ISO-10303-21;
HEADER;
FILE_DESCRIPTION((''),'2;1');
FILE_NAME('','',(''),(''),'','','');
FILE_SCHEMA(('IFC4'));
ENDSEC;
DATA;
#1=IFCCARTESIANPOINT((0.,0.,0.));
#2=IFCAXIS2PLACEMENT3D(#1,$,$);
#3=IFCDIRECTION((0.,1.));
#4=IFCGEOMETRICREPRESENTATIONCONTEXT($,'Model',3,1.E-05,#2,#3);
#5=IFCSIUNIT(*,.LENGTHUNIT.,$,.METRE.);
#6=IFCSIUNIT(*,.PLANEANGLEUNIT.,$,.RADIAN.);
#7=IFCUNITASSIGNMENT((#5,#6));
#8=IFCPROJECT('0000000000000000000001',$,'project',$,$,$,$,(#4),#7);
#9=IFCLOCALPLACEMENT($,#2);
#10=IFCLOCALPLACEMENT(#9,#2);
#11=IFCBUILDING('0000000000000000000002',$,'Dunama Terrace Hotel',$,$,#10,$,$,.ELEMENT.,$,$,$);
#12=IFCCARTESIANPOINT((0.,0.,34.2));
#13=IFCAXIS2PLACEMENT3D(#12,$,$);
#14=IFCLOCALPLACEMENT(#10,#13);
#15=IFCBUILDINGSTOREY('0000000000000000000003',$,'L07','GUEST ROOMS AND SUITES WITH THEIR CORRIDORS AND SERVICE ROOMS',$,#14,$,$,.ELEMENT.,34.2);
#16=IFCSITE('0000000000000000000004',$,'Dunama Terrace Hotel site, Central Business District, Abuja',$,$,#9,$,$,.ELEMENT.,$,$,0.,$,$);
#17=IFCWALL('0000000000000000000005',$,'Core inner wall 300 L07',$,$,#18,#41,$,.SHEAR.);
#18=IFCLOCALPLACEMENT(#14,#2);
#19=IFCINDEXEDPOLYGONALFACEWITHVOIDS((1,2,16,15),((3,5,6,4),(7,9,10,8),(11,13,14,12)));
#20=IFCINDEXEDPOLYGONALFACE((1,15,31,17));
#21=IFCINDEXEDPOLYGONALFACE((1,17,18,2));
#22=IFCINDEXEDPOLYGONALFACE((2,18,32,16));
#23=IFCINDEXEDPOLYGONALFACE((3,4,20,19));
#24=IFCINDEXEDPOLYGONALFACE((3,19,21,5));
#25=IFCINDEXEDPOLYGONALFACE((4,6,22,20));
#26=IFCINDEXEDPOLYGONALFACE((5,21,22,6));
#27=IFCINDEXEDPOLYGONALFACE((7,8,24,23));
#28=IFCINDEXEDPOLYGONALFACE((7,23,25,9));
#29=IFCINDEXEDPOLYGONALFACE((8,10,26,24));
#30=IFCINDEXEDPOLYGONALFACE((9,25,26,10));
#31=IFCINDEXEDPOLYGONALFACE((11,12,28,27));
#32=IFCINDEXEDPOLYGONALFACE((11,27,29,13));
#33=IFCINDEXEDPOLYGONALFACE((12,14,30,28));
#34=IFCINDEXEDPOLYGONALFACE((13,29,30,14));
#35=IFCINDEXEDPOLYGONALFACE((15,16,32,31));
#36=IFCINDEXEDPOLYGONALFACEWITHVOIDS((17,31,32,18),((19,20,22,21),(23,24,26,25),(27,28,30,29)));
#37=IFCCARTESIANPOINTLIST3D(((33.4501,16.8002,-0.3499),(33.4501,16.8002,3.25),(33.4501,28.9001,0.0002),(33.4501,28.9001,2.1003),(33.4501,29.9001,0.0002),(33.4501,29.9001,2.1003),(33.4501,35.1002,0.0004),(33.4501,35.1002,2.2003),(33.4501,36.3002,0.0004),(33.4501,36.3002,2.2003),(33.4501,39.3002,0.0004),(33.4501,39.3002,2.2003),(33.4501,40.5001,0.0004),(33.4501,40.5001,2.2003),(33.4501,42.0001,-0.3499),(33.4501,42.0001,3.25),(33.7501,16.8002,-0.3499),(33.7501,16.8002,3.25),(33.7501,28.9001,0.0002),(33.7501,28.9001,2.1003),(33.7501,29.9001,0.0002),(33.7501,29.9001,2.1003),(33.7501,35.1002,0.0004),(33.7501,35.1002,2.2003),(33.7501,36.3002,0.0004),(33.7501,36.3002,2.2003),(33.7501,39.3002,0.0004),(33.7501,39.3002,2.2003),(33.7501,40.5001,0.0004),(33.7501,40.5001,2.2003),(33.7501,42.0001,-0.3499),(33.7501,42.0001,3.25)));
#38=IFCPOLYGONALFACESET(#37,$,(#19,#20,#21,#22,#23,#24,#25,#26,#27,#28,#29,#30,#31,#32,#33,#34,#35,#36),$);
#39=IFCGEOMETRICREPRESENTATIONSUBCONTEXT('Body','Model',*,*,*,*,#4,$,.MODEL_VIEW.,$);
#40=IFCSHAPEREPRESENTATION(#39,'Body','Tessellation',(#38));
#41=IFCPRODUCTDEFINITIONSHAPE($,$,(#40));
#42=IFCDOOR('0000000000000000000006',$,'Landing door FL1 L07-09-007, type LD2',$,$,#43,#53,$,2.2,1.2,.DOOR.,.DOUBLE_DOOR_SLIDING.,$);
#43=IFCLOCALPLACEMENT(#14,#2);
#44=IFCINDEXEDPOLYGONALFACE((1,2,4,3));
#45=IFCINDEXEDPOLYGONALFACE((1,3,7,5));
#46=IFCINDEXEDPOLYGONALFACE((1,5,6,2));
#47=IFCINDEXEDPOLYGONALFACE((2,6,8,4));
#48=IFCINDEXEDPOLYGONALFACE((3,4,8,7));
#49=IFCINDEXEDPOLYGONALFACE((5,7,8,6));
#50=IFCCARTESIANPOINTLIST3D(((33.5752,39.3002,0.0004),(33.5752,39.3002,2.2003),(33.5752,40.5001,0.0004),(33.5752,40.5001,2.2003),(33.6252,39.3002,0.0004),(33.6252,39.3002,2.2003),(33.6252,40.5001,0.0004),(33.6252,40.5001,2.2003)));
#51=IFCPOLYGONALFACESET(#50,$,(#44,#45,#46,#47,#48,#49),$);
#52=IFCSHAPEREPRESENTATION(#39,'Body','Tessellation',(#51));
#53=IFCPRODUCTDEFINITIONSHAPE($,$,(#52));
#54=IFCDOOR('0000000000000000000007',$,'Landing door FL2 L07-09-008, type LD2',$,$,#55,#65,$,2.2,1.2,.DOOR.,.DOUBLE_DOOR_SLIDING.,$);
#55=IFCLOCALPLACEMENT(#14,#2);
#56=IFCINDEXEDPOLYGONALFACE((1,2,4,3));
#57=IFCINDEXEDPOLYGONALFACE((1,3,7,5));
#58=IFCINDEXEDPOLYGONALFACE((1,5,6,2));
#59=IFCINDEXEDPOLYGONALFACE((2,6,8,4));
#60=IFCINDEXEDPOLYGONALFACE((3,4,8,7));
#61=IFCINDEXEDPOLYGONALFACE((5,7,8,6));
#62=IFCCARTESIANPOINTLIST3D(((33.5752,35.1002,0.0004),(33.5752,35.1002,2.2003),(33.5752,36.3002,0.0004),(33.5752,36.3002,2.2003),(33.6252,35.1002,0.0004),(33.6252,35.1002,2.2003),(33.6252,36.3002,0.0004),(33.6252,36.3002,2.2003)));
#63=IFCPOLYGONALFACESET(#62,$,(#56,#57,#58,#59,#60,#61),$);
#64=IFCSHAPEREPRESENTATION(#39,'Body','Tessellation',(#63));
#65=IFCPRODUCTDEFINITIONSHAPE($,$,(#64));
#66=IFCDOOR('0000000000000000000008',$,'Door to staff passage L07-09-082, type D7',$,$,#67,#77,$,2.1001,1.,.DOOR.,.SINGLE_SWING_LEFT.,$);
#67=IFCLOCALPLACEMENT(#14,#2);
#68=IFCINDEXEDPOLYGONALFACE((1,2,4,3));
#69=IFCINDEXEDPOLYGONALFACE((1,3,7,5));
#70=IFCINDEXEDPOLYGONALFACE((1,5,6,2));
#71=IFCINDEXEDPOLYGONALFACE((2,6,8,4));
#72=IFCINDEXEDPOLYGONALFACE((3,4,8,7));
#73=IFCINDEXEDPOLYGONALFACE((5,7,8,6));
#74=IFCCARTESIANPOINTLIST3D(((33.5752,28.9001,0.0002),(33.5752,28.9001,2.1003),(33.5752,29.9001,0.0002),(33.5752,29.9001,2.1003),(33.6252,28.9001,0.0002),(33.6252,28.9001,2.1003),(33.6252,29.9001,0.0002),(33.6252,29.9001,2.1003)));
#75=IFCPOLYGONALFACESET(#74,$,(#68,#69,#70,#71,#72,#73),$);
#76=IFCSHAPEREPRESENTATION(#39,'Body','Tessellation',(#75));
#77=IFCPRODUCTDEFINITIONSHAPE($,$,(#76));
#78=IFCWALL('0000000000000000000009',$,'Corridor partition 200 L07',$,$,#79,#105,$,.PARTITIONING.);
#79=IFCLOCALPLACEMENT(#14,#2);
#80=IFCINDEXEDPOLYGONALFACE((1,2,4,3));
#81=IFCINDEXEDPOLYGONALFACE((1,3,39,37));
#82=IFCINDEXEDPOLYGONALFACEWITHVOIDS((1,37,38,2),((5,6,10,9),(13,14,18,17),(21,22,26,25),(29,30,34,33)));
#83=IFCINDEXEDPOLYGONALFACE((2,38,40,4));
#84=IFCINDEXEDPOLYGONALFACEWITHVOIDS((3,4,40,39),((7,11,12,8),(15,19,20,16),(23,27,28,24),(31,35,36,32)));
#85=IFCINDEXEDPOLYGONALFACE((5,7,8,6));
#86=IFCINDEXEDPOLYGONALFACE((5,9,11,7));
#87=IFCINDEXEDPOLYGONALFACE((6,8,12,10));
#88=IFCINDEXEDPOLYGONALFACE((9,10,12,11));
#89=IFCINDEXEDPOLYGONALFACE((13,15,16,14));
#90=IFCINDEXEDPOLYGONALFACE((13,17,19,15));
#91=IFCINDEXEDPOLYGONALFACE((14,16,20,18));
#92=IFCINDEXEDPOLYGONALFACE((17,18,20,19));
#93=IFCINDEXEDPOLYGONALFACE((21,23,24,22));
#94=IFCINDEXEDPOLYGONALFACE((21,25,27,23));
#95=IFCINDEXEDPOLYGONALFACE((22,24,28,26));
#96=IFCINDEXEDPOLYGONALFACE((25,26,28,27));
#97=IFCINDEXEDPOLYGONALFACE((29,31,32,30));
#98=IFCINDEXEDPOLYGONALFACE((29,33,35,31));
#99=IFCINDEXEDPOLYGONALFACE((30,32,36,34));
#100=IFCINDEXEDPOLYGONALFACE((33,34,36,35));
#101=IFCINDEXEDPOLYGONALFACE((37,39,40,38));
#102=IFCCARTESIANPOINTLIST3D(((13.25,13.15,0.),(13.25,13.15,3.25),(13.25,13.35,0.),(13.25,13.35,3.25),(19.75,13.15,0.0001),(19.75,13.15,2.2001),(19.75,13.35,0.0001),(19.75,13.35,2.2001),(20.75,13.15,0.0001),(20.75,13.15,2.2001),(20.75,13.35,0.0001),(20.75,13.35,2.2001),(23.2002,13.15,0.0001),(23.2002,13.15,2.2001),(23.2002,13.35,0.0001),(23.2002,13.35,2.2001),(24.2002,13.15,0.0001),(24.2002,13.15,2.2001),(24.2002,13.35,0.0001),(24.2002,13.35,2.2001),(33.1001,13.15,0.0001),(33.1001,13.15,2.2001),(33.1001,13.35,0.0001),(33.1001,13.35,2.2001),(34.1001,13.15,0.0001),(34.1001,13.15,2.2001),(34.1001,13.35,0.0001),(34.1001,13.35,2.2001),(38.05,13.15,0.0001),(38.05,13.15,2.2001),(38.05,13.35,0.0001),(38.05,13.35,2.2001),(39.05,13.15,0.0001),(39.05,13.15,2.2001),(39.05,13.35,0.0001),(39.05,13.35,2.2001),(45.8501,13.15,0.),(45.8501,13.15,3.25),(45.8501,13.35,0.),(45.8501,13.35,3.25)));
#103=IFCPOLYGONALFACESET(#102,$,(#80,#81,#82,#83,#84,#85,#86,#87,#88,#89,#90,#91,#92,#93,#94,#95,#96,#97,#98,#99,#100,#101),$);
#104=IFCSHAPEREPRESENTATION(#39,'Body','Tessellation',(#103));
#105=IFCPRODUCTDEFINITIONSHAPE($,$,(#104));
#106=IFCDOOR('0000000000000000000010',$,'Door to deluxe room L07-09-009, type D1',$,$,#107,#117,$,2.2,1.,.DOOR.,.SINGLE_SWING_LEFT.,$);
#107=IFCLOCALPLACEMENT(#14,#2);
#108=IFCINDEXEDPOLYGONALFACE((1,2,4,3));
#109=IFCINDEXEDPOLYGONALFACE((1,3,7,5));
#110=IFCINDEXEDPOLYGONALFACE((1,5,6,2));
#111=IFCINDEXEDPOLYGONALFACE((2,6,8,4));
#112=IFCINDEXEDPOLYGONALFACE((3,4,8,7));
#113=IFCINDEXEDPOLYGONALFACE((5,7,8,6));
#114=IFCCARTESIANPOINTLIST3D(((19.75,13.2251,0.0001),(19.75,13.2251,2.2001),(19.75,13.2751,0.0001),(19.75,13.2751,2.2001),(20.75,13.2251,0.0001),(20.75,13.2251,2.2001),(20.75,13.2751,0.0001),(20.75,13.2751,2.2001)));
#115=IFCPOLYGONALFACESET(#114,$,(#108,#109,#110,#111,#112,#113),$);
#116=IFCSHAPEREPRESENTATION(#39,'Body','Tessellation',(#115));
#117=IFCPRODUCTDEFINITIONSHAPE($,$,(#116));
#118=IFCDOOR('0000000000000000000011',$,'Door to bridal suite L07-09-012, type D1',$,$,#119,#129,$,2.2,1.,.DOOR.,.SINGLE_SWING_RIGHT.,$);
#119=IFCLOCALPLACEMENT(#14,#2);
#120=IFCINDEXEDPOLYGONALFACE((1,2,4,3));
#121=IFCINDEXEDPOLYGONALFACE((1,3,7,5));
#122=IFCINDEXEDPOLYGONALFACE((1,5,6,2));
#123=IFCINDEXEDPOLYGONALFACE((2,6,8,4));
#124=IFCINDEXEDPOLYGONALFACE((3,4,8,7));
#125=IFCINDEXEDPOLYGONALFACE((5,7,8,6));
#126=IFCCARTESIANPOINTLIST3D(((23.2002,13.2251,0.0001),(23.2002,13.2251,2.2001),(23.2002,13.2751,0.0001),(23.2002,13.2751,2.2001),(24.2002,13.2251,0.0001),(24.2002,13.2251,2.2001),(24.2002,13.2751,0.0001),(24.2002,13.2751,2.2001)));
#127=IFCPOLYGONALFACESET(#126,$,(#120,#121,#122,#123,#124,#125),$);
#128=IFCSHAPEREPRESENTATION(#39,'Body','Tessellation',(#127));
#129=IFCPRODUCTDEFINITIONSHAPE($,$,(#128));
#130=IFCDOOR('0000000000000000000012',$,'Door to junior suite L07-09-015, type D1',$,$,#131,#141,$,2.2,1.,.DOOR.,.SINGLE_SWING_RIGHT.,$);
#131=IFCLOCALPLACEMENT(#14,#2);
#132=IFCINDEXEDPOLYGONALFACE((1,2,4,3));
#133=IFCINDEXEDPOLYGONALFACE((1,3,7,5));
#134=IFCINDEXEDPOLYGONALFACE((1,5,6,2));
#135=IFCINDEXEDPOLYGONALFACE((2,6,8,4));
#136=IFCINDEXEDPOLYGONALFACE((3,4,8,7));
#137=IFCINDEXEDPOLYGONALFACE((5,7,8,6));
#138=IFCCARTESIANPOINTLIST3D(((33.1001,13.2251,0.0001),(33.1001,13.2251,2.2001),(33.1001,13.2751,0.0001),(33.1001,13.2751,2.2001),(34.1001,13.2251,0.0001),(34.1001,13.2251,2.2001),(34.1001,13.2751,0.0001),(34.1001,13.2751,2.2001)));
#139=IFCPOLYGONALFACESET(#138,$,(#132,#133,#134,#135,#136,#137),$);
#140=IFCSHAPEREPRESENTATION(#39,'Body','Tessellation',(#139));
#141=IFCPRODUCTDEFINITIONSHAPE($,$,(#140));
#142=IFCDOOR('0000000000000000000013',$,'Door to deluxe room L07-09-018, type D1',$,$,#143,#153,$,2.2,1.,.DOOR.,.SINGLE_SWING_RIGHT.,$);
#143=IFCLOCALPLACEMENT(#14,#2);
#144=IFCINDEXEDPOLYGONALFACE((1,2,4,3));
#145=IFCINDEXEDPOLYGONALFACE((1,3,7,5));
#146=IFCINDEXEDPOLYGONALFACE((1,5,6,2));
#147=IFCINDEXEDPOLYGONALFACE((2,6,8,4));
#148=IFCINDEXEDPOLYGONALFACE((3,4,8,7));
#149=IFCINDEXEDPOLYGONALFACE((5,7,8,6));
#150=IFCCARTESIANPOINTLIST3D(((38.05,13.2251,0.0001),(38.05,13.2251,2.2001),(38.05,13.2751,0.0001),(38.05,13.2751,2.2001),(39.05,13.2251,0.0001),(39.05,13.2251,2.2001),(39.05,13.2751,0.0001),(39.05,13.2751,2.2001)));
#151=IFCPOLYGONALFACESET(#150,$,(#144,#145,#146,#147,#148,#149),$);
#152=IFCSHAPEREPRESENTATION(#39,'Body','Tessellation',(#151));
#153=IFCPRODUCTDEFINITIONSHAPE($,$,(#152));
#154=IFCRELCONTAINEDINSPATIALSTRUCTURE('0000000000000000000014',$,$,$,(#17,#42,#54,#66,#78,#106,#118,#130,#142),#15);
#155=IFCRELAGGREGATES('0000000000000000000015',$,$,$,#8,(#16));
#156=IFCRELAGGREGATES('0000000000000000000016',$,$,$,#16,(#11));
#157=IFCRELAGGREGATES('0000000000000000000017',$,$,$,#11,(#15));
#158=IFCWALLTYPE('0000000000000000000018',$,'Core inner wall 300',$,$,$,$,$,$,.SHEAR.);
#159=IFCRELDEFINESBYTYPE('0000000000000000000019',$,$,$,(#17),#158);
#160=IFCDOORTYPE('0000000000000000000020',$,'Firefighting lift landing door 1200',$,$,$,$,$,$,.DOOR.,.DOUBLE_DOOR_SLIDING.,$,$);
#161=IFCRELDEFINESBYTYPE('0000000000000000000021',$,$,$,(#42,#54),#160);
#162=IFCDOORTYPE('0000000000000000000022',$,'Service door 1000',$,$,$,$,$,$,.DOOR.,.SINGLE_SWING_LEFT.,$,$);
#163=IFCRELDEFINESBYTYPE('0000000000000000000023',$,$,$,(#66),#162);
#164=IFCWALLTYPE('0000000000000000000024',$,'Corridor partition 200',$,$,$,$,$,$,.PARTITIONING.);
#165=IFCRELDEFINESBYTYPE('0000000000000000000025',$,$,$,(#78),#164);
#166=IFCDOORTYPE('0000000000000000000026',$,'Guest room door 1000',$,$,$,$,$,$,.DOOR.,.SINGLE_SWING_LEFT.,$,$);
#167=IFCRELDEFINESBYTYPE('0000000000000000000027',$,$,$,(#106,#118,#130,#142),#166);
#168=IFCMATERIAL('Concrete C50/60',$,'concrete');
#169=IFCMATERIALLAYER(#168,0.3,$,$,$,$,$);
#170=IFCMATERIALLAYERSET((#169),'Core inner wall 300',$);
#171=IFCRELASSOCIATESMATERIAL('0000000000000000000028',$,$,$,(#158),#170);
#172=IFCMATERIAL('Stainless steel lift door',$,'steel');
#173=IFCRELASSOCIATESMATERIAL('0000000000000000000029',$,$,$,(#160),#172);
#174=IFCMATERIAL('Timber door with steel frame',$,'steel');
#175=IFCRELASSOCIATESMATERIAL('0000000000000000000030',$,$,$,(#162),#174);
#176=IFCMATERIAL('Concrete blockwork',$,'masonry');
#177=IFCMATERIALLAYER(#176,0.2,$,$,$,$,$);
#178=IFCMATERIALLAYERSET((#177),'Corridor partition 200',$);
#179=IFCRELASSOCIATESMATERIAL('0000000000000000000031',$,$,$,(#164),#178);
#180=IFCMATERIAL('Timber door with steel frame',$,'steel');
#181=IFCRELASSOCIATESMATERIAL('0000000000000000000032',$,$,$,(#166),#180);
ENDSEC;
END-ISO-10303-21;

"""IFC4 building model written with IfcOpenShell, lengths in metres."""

from ifc_helpers import new_model, si_unit, direction, frame, frame_2d, origin, place, context, subcontext, project, spatial, rectangle, extrude, material, layer, layer_set, type_object, element, fill, save


model = new_model("IFC4")

# Units and contexts
model_context = context("Model", 3, precision=1e-05, world=origin(), true_north=direction((0.0, 1.0)))
body_context = subcontext(model_context, "Body", "Model", "MODEL_VIEW")
ifc_project = project(units=[si_unit("LENGTHUNIT", "METRE"), si_unit("PLANEANGLEUNIT", "RADIAN")], contexts=[model_context])

# Site, building, storey
site_placement = place(None, origin())
site = spatial("IfcSite", under=ifc_project, at=site_placement, Name="Dunama Terrace Hotel site, Central Business District, Abuja", CompositionType="ELEMENT", RefElevation=0.0)
building_placement = place(site_placement, origin())
building = spatial("IfcBuilding", under=site, at=building_placement, Name="Dunama Terrace Hotel", CompositionType="ELEMENT")
storey_placement = place(building_placement, frame((0.0, 0.0, 34.2)))
storey = spatial("IfcBuildingStorey", under=building, at=storey_placement, Name="L07", Description="GUEST ROOMS AND SUITES WITH THEIR CORRIDORS AND SERVICE ROOMS", CompositionType="ELEMENT", Elevation=34.2)

# Walls, openings, doors
ifc_material_1 = material(Name="Concrete C50/60", Category="concrete")
ifc_layer_1 = layer(ifc_material_1, 0.3)
ifc_layer_set_1 = layer_set([ifc_layer_1], Name="Core inner wall 300")
wall_type_1 = type_object("IfcWallType", Name="Core inner wall 300", PredefinedType="SHEAR", material=ifc_layer_set_1)
wall_1_placement = place(storey_placement, frame((33.6001, 16.8, -0.3499), z_axis=(0.0, 0.0, 1.0), x_axis=(0.0, 1.0, 0.0)))
wall_1 = element("IfcWall", 1, at=wall_1_placement, inside=storey, type_object=wall_type_1, Name="Core inner wall 300 L07", PredefinedType="SHEAR", context=body_context, shape_type="SweptSolid", body=[
    extrude(rectangle(XDim=25.2, YDim=0.3, at=frame_2d((12.6001, 0.0))), origin(), (0.0, 0.0, 1.0), 3.5999),
])
opening_1_placement = place(wall_1_placement, frame((22.5, 0.0, 0.3501)))
opening_1 = element("IfcOpeningElement", 2, at=opening_1_placement, cuts=wall_1, PredefinedType="OPENING", context=body_context, shape_type="SweptSolid", body=[
    extrude(rectangle(XDim=1.2, YDim=2.2, at=frame_2d((0.6001, 1.1001))), frame((0.0, 0.1599, 0.0), z_axis=(0.0, -1.0, 0.0), x_axis=(1.0, 0.0, 0.0)), (0.0, 0.0, 1.0), 0.3201),
])
opening_2_placement = place(wall_1_placement, frame((18.3, 0.0, 0.3501)))
opening_2 = element("IfcOpeningElement", 3, at=opening_2_placement, cuts=wall_1, PredefinedType="OPENING", context=body_context, shape_type="SweptSolid", body=[
    extrude(rectangle(XDim=1.2, YDim=2.2, at=frame_2d((0.6001, 1.1001))), frame((0.0, 0.1599, 0.0), z_axis=(0.0, -1.0, 0.0), x_axis=(1.0, 0.0, 0.0)), (0.0, 0.0, 1.0), 0.3201),
])
opening_3_placement = place(wall_1_placement, frame((12.1001, 0.0, 0.3501)))
opening_3 = element("IfcOpeningElement", 4, at=opening_3_placement, cuts=wall_1, PredefinedType="OPENING", context=body_context, shape_type="SweptSolid", body=[
    extrude(rectangle(XDim=1.0, YDim=2.1001, at=frame_2d((0.5, 1.05))), frame((0.0, 0.1599, 0.0), z_axis=(0.0, -1.0, 0.0), x_axis=(1.0, 0.0, 0.0)), (0.0, 0.0, 1.0), 0.3201),
])
ifc_material_2 = material(Name="Stainless steel lift door", Category="steel")
door_type_1 = type_object("IfcDoorType", Name="Firefighting lift landing door 1200", OperationType="DOUBLE_DOOR_SLIDING", PredefinedType="DOOR", material=ifc_material_2)
door_1_placement = place(opening_1_placement, origin())
door_1 = element("IfcDoor", 5, at=door_1_placement, inside=storey, type_object=door_type_1, Name="Landing door FL1 L07-09-007, type LD2", OperationType="DOUBLE_DOOR_SLIDING", OverallHeight=2.2, OverallWidth=1.2, PredefinedType="DOOR", context=body_context, shape_type="SweptSolid", body=[
    extrude(rectangle(XDim=1.2, YDim=2.2, at=frame_2d((0.6001, 1.1001))), frame((0.0, 0.0249, 0.0), z_axis=(0.0, -1.0, 0.0), x_axis=(1.0, 0.0, 0.0)), (0.0, 0.0, 1.0), 0.05),
])
fill(opening_1, door_1)
door_2_placement = place(opening_2_placement, origin())
door_2 = element("IfcDoor", 6, at=door_2_placement, inside=storey, type_object=door_type_1, Name="Landing door FL2 L07-09-008, type LD2", OperationType="DOUBLE_DOOR_SLIDING", OverallHeight=2.2, OverallWidth=1.2, PredefinedType="DOOR", context=body_context, shape_type="SweptSolid", body=[
    extrude(rectangle(XDim=1.2, YDim=2.2, at=frame_2d((0.6001, 1.1001))), frame((0.0, 0.0249, 0.0), z_axis=(0.0, -1.0, 0.0), x_axis=(1.0, 0.0, 0.0)), (0.0, 0.0, 1.0), 0.05),
])
fill(opening_2, door_2)
ifc_material_3 = material(Name="Timber door with steel frame", Category="steel")
door_type_2 = type_object("IfcDoorType", Name="Service door 1000", OperationType="SINGLE_SWING_LEFT", PredefinedType="DOOR", material=ifc_material_3)
door_3_placement = place(opening_3_placement, origin())
door_3 = element("IfcDoor", 7, at=door_3_placement, inside=storey, type_object=door_type_2, Name="Door to staff passage L07-09-082, type D7", OperationType="SINGLE_SWING_LEFT", OverallHeight=2.1001, OverallWidth=1.0, PredefinedType="DOOR", context=body_context, shape_type="SweptSolid", body=[
    extrude(rectangle(XDim=1.0, YDim=2.1001, at=frame_2d((0.5, 1.05))), frame((0.0, 0.0249, 0.0), z_axis=(0.0, -1.0, 0.0), x_axis=(1.0, 0.0, 0.0)), (0.0, 0.0, 1.0), 0.05),
])
fill(opening_3, door_3)
ifc_material_4 = material(Name="Concrete blockwork", Category="masonry")
ifc_layer_2 = layer(ifc_material_4, 0.2)
ifc_layer_set_2 = layer_set([ifc_layer_2], Name="Corridor partition 200")
wall_type_2 = type_object("IfcWallType", Name="Corridor partition 200", PredefinedType="PARTITIONING", material=ifc_layer_set_2)
wall_2_placement = place(storey_placement, frame((45.8501, 13.25, 0.0), z_axis=(0.0, 0.0, 1.0), x_axis=(-1.0, 0.0, 0.0)))
wall_2 = element("IfcWall", 8, at=wall_2_placement, inside=storey, type_object=wall_type_2, Name="Corridor partition 200 L07", PredefinedType="PARTITIONING", context=body_context, shape_type="SweptSolid", body=[
    extrude(rectangle(XDim=32.6001, YDim=0.2, at=frame_2d((16.3, 0.0))), origin(), (0.0, 0.0, 1.0), 3.25),
])
opening_4_placement = place(wall_2_placement, frame((25.1001, 0.0, 0.0)))
opening_4 = element("IfcOpeningElement", 9, at=opening_4_placement, cuts=wall_2, PredefinedType="OPENING", context=body_context, shape_type="SweptSolid", body=[
    extrude(rectangle(XDim=1.0, YDim=2.2, at=frame_2d((0.5, 1.1001))), frame((0.0, 0.1099, 0.0), z_axis=(0.0, -1.0, 0.0), x_axis=(1.0, 0.0, 0.0)), (0.0, 0.0, 1.0), 0.22),
])
opening_5_placement = place(wall_2_placement, frame((21.6499, 0.0, 0.0)))
opening_5 = element("IfcOpeningElement", 10, at=opening_5_placement, cuts=wall_2, PredefinedType="OPENING", context=body_context, shape_type="SweptSolid", body=[
    extrude(rectangle(XDim=1.0, YDim=2.2, at=frame_2d((0.5, 1.1001))), frame((0.0, 0.1099, 0.0), z_axis=(0.0, -1.0, 0.0), x_axis=(1.0, 0.0, 0.0)), (0.0, 0.0, 1.0), 0.22),
])
opening_6_placement = place(wall_2_placement, frame((11.75, 0.0, 0.0)))
opening_6 = element("IfcOpeningElement", 11, at=opening_6_placement, cuts=wall_2, PredefinedType="OPENING", context=body_context, shape_type="SweptSolid", body=[
    extrude(rectangle(XDim=1.0, YDim=2.2, at=frame_2d((0.5, 1.1001))), frame((0.0, 0.1099, 0.0), z_axis=(0.0, -1.0, 0.0), x_axis=(1.0, 0.0, 0.0)), (0.0, 0.0, 1.0), 0.22),
])
opening_7_placement = place(wall_2_placement, frame((6.8, 0.0, 0.0)))
opening_7 = element("IfcOpeningElement", 12, at=opening_7_placement, cuts=wall_2, PredefinedType="OPENING", context=body_context, shape_type="SweptSolid", body=[
    extrude(rectangle(XDim=1.0, YDim=2.2, at=frame_2d((0.5, 1.1001))), frame((0.0, 0.1099, 0.0), z_axis=(0.0, -1.0, 0.0), x_axis=(1.0, 0.0, 0.0)), (0.0, 0.0, 1.0), 0.22),
])
ifc_material_5 = material(Name="Timber door with steel frame", Category="steel")
door_type_3 = type_object("IfcDoorType", Name="Guest room door 1000", OperationType="SINGLE_SWING_LEFT", PredefinedType="DOOR", material=ifc_material_5)
door_4_placement = place(opening_4_placement, origin())
door_4 = element("IfcDoor", 13, at=door_4_placement, inside=storey, type_object=door_type_3, Name="Door to deluxe room L07-09-009, type D1", OperationType="SINGLE_SWING_LEFT", OverallHeight=2.2, OverallWidth=1.0, PredefinedType="DOOR", context=body_context, shape_type="SweptSolid", body=[
    extrude(rectangle(XDim=1.0, YDim=2.2, at=frame_2d((0.5, 1.1001))), frame((0.0, 0.0249, 0.0), z_axis=(0.0, -1.0, 0.0), x_axis=(1.0, 0.0, 0.0)), (0.0, 0.0, 1.0), 0.05),
])
fill(opening_4, door_4)
door_5_placement = place(opening_5_placement, origin())
door_5 = element("IfcDoor", 14, at=door_5_placement, inside=storey, type_object=door_type_3, Name="Door to bridal suite L07-09-012, type D1", OperationType="SINGLE_SWING_RIGHT", OverallHeight=2.2, OverallWidth=1.0, PredefinedType="DOOR", context=body_context, shape_type="SweptSolid", body=[
    extrude(rectangle(XDim=1.0, YDim=2.2, at=frame_2d((0.5, 1.1001))), frame((0.0, 0.0249, 0.0), z_axis=(0.0, -1.0, 0.0), x_axis=(1.0, 0.0, 0.0)), (0.0, 0.0, 1.0), 0.05),
])
fill(opening_5, door_5)
door_6_placement = place(opening_6_placement, origin())
door_6 = element("IfcDoor", 15, at=door_6_placement, inside=storey, type_object=door_type_3, Name="Door to junior suite L07-09-015, type D1", OperationType="SINGLE_SWING_RIGHT", OverallHeight=2.2, OverallWidth=1.0, PredefinedType="DOOR", context=body_context, shape_type="SweptSolid", body=[
    extrude(rectangle(XDim=1.0, YDim=2.2, at=frame_2d((0.5, 1.1001))), frame((0.0, 0.0249, 0.0), z_axis=(0.0, -1.0, 0.0), x_axis=(1.0, 0.0, 0.0)), (0.0, 0.0, 1.0), 0.05),
])
fill(opening_6, door_6)
door_7_placement = place(opening_7_placement, origin())
door_7 = element("IfcDoor", 16, at=door_7_placement, inside=storey, type_object=door_type_3, Name="Door to deluxe room L07-09-018, type D1", OperationType="SINGLE_SWING_RIGHT", OverallHeight=2.2, OverallWidth=1.0, PredefinedType="DOOR", context=body_context, shape_type="SweptSolid", body=[
    extrude(rectangle(XDim=1.0, YDim=2.2, at=frame_2d((0.5, 1.1001))), frame((0.0, 0.0249, 0.0), z_axis=(0.0, -1.0, 0.0), x_axis=(1.0, 0.0, 0.0)), (0.0, 0.0, 1.0), 0.05),
])
fill(opening_7, door_7)

save(model, "model.ifc")
